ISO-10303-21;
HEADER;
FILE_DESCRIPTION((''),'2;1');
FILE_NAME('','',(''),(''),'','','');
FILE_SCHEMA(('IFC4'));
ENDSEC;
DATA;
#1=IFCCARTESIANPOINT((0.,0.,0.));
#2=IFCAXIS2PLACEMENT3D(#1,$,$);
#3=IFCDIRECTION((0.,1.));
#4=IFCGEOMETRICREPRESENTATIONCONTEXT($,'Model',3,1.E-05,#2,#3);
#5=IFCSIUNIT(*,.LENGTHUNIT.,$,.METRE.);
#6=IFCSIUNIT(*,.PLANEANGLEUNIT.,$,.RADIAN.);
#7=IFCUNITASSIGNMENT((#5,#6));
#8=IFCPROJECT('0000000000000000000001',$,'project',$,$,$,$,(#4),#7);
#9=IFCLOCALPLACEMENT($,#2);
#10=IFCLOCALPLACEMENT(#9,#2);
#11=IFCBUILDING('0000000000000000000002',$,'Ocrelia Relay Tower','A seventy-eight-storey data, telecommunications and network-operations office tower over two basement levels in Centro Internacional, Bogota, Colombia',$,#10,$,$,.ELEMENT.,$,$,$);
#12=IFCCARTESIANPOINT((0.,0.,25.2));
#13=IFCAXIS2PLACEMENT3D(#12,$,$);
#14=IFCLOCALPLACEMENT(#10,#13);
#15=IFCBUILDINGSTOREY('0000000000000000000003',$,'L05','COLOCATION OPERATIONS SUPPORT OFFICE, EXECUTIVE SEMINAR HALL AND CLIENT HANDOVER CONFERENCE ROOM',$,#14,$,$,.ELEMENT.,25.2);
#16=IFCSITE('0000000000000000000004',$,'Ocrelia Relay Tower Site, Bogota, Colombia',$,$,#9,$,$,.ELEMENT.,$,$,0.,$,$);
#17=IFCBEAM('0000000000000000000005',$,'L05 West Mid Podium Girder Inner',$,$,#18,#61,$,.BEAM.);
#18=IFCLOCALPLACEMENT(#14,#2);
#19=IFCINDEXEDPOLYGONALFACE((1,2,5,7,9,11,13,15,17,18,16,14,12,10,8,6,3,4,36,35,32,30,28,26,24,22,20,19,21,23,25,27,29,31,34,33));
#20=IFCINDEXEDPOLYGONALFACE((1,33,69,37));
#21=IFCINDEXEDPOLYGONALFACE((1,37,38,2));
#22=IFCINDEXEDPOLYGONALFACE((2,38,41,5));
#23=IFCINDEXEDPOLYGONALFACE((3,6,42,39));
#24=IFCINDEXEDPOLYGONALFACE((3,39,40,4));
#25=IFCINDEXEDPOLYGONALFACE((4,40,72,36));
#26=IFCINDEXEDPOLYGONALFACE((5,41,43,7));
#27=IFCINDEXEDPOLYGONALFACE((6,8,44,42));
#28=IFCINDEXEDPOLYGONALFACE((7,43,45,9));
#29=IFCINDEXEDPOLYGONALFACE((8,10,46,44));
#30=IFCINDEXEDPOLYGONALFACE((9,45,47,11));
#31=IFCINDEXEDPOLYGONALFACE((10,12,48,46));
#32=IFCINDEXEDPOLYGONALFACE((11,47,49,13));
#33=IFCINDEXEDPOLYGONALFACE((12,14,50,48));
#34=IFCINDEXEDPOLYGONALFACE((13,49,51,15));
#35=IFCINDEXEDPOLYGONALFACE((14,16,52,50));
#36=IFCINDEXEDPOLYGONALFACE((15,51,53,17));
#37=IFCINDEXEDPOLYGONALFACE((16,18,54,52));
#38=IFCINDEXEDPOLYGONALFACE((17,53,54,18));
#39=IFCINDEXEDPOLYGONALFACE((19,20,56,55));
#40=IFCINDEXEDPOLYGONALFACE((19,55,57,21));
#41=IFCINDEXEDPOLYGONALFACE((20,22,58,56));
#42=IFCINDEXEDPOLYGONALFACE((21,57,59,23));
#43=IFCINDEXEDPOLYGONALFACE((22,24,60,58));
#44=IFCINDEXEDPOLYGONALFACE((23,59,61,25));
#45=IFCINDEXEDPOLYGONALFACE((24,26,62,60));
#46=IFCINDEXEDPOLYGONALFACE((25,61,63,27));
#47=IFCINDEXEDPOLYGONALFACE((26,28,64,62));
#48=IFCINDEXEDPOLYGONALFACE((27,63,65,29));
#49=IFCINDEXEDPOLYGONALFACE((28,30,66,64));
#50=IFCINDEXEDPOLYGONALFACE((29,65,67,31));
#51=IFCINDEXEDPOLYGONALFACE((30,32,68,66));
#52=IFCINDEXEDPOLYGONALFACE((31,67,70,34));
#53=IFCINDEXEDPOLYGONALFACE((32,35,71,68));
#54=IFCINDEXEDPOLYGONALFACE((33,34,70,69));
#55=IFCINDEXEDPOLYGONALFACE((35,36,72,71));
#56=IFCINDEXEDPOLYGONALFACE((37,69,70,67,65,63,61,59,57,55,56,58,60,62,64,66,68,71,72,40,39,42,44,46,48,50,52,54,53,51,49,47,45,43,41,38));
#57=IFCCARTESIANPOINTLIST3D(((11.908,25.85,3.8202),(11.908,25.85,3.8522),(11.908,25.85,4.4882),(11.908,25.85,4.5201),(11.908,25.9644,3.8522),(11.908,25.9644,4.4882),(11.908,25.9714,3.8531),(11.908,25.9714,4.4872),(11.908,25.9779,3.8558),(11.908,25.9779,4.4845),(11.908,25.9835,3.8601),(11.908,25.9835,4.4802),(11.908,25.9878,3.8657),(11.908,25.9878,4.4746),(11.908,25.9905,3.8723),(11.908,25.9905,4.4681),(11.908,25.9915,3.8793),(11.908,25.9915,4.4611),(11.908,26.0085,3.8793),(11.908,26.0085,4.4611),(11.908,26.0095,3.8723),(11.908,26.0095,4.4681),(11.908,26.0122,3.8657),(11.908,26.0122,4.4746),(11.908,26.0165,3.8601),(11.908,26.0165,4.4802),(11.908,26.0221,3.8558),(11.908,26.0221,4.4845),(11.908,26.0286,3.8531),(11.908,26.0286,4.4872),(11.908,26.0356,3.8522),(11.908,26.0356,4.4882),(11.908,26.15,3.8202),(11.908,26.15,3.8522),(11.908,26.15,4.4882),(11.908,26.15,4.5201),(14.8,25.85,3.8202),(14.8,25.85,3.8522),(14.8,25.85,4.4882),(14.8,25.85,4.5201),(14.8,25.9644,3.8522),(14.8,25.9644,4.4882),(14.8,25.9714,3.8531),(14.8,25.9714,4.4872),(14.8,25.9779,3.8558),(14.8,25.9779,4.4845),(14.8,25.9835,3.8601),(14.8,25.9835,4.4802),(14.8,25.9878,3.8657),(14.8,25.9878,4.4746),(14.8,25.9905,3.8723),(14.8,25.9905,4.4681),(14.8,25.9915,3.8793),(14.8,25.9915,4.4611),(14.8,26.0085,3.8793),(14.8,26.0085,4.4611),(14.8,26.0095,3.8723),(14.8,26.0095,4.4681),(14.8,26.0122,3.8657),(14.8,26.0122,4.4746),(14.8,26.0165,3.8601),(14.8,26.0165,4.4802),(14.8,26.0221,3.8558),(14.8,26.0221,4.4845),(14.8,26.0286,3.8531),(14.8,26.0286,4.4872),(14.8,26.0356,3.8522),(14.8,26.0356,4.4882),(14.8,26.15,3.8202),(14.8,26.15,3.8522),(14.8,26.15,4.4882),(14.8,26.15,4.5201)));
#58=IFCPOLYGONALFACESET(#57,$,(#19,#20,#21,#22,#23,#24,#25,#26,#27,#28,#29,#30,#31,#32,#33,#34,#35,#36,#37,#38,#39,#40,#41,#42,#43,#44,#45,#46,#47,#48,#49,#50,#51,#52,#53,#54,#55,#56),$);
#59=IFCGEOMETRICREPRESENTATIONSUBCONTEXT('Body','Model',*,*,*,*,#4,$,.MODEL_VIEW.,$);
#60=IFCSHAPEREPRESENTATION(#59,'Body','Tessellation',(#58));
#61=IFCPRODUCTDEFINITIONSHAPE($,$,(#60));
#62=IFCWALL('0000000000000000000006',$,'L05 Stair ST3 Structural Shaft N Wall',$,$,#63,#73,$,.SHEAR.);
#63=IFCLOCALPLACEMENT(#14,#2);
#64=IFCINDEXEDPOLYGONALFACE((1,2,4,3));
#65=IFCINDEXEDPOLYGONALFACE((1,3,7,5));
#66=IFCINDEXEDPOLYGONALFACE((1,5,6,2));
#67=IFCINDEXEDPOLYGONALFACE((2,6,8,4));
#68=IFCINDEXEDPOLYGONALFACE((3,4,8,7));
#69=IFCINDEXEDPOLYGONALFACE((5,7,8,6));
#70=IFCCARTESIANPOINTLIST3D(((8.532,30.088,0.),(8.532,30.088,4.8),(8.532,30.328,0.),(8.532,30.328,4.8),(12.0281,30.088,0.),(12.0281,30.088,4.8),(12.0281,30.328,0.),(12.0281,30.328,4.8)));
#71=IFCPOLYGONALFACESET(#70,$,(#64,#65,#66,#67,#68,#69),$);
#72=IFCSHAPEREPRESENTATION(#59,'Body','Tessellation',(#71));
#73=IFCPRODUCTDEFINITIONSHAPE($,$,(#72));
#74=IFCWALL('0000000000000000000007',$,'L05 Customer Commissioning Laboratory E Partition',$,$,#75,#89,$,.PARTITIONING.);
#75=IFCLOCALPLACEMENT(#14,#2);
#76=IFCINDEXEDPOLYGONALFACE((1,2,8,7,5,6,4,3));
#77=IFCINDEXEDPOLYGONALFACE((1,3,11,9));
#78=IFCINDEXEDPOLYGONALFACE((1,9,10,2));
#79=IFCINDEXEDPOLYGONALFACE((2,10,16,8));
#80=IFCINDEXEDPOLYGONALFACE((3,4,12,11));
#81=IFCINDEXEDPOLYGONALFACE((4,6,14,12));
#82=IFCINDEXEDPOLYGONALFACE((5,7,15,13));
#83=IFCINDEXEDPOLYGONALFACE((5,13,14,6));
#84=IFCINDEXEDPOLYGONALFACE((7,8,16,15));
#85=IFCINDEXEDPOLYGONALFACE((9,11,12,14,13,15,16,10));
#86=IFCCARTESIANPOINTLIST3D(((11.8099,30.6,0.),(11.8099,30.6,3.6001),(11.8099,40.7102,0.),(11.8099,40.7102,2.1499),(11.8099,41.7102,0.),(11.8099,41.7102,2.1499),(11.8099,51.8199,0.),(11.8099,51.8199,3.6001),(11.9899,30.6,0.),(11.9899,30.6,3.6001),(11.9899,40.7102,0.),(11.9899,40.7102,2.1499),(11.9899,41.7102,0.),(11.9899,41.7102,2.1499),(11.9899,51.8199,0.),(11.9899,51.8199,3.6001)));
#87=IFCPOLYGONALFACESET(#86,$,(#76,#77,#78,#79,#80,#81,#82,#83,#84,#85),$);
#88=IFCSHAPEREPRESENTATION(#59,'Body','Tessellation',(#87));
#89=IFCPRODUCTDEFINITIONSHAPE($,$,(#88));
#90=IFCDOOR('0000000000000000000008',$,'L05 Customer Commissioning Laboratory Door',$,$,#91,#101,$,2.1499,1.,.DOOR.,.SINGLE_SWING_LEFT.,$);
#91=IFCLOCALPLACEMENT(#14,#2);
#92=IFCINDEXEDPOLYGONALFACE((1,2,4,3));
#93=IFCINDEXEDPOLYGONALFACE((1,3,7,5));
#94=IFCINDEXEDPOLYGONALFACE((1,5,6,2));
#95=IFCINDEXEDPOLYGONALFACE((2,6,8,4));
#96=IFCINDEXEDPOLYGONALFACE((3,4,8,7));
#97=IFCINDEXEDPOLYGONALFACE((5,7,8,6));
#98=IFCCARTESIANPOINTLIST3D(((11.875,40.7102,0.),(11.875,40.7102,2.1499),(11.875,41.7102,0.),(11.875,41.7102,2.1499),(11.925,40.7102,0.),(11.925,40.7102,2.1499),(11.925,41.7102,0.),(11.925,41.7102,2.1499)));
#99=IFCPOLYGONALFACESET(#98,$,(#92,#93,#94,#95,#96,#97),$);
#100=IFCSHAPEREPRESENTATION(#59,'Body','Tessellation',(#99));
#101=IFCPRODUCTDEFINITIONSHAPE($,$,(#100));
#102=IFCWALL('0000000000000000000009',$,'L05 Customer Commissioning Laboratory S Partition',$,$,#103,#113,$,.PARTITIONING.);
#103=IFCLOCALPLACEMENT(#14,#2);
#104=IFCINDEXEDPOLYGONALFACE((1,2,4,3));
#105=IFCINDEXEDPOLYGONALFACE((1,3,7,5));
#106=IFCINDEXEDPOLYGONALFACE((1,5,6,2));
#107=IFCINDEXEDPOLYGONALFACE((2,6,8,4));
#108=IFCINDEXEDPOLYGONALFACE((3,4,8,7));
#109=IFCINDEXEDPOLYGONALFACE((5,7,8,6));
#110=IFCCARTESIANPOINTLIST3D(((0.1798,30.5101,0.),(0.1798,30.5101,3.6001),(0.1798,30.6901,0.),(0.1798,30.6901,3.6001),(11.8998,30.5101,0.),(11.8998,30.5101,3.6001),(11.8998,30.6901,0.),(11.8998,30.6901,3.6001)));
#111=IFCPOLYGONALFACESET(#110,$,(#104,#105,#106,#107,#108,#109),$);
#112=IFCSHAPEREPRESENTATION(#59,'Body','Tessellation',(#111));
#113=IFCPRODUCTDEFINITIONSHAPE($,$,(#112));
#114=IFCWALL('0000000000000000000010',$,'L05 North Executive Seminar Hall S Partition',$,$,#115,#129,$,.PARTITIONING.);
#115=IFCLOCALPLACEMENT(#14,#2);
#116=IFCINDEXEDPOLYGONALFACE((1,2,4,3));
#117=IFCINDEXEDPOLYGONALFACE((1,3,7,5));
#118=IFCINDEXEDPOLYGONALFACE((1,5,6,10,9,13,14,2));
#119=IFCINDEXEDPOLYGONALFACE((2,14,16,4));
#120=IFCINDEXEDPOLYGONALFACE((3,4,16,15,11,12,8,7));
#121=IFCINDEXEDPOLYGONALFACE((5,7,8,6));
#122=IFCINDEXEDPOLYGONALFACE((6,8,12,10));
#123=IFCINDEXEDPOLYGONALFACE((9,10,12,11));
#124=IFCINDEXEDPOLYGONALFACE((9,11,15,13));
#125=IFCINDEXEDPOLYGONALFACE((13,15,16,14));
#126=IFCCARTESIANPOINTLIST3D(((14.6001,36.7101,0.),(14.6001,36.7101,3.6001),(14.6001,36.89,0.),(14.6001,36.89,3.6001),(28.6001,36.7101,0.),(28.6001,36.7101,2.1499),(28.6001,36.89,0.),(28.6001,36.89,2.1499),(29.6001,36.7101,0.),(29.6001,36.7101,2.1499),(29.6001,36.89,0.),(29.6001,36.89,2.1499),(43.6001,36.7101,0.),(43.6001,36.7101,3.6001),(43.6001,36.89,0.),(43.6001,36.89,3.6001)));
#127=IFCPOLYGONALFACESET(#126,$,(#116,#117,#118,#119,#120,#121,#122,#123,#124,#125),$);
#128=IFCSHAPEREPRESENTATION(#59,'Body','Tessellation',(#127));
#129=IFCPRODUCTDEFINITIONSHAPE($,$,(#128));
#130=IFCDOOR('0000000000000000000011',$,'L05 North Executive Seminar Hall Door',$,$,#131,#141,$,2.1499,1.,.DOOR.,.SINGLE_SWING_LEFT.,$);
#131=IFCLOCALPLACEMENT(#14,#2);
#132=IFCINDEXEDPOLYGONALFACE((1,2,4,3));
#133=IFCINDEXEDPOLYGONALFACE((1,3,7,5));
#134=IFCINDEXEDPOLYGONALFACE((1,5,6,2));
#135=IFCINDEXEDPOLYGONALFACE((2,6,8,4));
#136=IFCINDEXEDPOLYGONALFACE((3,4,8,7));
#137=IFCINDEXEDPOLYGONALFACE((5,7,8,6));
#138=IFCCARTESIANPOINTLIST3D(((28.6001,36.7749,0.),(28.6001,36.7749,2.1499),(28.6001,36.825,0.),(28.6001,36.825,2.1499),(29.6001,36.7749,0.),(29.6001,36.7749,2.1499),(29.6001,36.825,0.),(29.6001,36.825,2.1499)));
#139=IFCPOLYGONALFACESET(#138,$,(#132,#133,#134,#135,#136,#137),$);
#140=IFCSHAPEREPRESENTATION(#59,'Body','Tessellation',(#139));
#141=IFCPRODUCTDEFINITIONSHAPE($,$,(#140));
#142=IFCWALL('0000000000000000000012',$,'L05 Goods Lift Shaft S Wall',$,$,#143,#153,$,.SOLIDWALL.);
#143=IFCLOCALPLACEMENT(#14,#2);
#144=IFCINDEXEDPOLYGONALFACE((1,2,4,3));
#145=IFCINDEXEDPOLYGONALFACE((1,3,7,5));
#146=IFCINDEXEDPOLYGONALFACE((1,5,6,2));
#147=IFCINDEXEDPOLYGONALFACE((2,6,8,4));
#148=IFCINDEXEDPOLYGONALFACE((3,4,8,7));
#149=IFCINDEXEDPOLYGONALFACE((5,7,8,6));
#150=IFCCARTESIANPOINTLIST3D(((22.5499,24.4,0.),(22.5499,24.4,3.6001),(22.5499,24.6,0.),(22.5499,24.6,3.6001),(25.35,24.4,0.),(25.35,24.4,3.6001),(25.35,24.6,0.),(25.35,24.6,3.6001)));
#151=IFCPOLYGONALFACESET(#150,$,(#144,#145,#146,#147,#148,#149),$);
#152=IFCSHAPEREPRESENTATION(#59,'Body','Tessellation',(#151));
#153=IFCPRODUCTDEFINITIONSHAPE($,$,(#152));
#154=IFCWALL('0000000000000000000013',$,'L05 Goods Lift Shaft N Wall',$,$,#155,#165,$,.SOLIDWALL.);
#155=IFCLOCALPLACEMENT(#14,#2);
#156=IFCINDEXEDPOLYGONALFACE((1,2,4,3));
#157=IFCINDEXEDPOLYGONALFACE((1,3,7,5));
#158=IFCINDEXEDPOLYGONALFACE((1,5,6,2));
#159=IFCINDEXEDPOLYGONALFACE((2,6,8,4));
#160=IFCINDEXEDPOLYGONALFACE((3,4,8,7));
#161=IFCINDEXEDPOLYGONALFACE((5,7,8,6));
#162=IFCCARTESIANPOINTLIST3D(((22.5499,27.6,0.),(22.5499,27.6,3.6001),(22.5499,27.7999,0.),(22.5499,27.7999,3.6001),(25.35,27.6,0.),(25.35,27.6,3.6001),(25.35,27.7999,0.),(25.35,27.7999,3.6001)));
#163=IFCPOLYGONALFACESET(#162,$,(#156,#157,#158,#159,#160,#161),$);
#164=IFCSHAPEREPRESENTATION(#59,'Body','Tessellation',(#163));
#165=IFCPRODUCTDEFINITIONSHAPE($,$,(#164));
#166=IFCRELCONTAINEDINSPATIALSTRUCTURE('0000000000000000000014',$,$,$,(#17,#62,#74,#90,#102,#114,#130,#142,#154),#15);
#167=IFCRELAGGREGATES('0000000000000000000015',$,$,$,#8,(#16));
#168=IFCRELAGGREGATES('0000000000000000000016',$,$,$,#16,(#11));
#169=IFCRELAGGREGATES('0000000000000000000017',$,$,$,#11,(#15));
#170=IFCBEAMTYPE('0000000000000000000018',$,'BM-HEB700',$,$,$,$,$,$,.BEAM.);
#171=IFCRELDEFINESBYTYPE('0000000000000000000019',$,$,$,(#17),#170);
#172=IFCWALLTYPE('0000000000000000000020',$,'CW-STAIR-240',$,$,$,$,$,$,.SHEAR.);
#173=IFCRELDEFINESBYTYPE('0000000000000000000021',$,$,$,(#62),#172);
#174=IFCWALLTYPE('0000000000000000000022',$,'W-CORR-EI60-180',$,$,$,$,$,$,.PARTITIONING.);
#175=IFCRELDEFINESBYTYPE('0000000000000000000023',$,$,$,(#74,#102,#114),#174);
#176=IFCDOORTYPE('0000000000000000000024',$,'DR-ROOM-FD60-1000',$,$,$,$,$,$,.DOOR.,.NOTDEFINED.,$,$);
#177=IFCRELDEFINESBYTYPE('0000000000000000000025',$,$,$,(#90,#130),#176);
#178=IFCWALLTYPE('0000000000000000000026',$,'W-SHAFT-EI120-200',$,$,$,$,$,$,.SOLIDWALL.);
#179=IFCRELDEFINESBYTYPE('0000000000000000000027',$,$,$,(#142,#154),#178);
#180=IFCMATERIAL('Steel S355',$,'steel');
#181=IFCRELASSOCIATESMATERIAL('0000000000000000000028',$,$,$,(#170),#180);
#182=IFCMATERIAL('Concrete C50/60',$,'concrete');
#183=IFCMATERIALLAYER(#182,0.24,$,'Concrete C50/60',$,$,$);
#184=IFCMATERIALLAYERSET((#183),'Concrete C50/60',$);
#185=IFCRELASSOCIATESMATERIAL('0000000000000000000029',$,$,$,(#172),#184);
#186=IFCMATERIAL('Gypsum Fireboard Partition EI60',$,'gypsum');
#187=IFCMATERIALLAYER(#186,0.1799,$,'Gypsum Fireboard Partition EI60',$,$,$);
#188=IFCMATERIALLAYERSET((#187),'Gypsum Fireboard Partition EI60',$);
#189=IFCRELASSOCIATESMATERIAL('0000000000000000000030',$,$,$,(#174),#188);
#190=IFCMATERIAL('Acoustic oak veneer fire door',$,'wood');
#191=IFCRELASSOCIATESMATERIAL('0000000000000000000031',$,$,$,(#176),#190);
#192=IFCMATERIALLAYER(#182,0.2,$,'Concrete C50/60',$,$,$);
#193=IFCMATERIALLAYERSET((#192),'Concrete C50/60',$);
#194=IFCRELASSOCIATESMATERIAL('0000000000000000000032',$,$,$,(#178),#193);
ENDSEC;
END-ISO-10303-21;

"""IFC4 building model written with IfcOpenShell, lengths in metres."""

from ifc_helpers import new_model, si_unit, direction, frame, frame_2d, origin, origin_2d, place, context, subcontext, project, spatial, rectangle, i_section, extrude, material, layer, layer_set, material_profile, profile_set, type_object, element, fill, save


model = new_model("IFC4")

# Units and contexts
model_context = context("Model", 3, precision=1e-05, world=origin(), true_north=direction((0.0, 1.0)))
body_context = subcontext(model_context, "Body", "Model", "MODEL_VIEW")
ifc_project = project(units=[si_unit("LENGTHUNIT", "METRE"), si_unit("PLANEANGLEUNIT", "RADIAN")], contexts=[model_context])

# Site, building, storey
site_placement = place(None, origin())
site = spatial("IfcSite", under=ifc_project, at=site_placement, Name="Ocrelia Relay Tower Site, Bogota, Colombia", CompositionType="ELEMENT", RefElevation=0.0)
building_placement = place(site_placement, origin())
building = spatial("IfcBuilding", under=site, at=building_placement, Name="Ocrelia Relay Tower", Description="A seventy-eight-storey data, telecommunications and network-operations office tower over two basement levels in Centro Internacional, Bogota, Colombia", CompositionType="ELEMENT")
storey_placement = place(building_placement, frame((0.0, 0.0, 25.2)))
storey = spatial("IfcBuildingStorey", under=building, at=storey_placement, Name="L05", Description="COLOCATION OPERATIONS SUPPORT OFFICE, EXECUTIVE SEMINAR HALL AND CLIENT HANDOVER CONFERENCE ROOM", CompositionType="ELEMENT", Elevation=25.2)

# Beam
ifc_material_1 = material(Name="Steel S355", Category="steel")
ifc_material_profile_1 = material_profile(ifc_material_1, i_section(OverallWidth=0.3, OverallDepth=0.7, WebThickness=0.0171, FlangeThickness=0.032, FilletRadius=0.0271, at=origin_2d()), Name="HEB 700")
ifc_profile_set_1 = profile_set([ifc_material_profile_1], Name="Steel S355")
beam_type_1 = type_object("IfcBeamType", Name="BM-HEB700", PredefinedType="BEAM", material=ifc_profile_set_1)
beam_1_placement = place(storey_placement, frame((11.908, 26.0, 4.1702), z_axis=(1.0, 0.0, 0.0), x_axis=(0.0, 1.0, 0.0)))
element("IfcBeam", 1, at=beam_1_placement, inside=storey, type_object=beam_type_1, Name="L05 West Mid Podium Girder Inner", PredefinedType="BEAM", context=body_context, shape_type="SweptSolid", body=[
    extrude(i_section(OverallWidth=0.3, OverallDepth=0.7, WebThickness=0.0171, FlangeThickness=0.032, FilletRadius=0.0271, at=origin_2d()), origin(), (0.0, 0.0, 1.0), 2.8921),
])

# Wall
ifc_material_2 = material(Name="Concrete C50/60", Category="concrete")
ifc_layer_1 = layer(ifc_material_2, 0.24, Name="Concrete C50/60")
ifc_layer_set_1 = layer_set([ifc_layer_1], Name="Concrete C50/60")
wall_type_1 = type_object("IfcWallType", Name="CW-STAIR-240", PredefinedType="SHEAR", material=ifc_layer_set_1)
wall_1_placement = place(storey_placement, frame((8.532, 30.208, 0.0), z_axis=(0.0, 0.0, 1.0), x_axis=(1.0, 0.0, 0.0)))
element("IfcWall", 2, at=wall_1_placement, inside=storey, type_object=wall_type_1, Name="L05 Stair ST3 Structural Shaft N Wall", PredefinedType="SHEAR", context=body_context, shape_type="SweptSolid", body=[
    extrude(rectangle(XDim=3.4961, YDim=0.24, at=frame_2d((1.748, 0.0))), origin(), (0.0, 0.0, 1.0), 4.8),
])

# Wall, opening, door
ifc_material_3 = material(Name="Gypsum Fireboard Partition EI60", Category="gypsum")
ifc_layer_2 = layer(ifc_material_3, 0.1799, Name="Gypsum Fireboard Partition EI60")
ifc_layer_set_2 = layer_set([ifc_layer_2], Name="Gypsum Fireboard Partition EI60")
wall_type_2 = type_object("IfcWallType", Name="W-CORR-EI60-180", PredefinedType="PARTITIONING", material=ifc_layer_set_2)
wall_2_placement = place(storey_placement, frame((11.8999, 30.6001, 0.0), z_axis=(0.0, 0.0, 1.0), x_axis=(0.0, 1.0, 0.0)))
wall_2 = element("IfcWall", 3, at=wall_2_placement, inside=storey, type_object=wall_type_2, Name="L05 Customer Commissioning Laboratory E Partition", PredefinedType="PARTITIONING", context=body_context, shape_type="SweptSolid", body=[
    extrude(rectangle(XDim=21.22, YDim=0.1799, at=frame_2d((10.6099, 0.0))), origin(), (0.0, 0.0, 1.0), 3.6001),
])
opening_1_placement = place(wall_2_placement, frame((10.1101, 0.0, 0.0)))
opening_1 = element("IfcOpeningElement", 4, at=opening_1_placement, cuts=wall_2, PredefinedType="OPENING", context=body_context, shape_type="SweptSolid", body=[
    extrude(rectangle(XDim=1.0, YDim=2.1499, at=frame_2d((0.5, 1.075))), frame((0.0, 0.1001, 0.0), z_axis=(0.0, -1.0, 0.0), x_axis=(1.0, 0.0, 0.0)), (0.0, 0.0, 1.0), 0.2),
])
ifc_material_4 = material(Name="Acoustic oak veneer fire door", Category="wood")
door_type_1 = type_object("IfcDoorType", Name="DR-ROOM-FD60-1000", OperationType="NOTDEFINED", PredefinedType="DOOR", material=ifc_material_4)
door_1_placement = place(opening_1_placement, origin())
door_1 = element("IfcDoor", 5, at=door_1_placement, inside=storey, type_object=door_type_1, Name="L05 Customer Commissioning Laboratory Door", OperationType="SINGLE_SWING_LEFT", OverallHeight=2.1499, OverallWidth=1.0, PredefinedType="DOOR", context=body_context, shape_type="SweptSolid", body=[
    extrude(rectangle(XDim=1.0, YDim=2.1499, at=frame_2d((0.5, 1.075))), frame((0.0, 0.0249, 0.0), z_axis=(0.0, -1.0, 0.0), x_axis=(1.0, 0.0, 0.0)), (0.0, 0.0, 1.0), 0.05),
])
fill(opening_1, door_1)

# Wall
wall_3_placement = place(storey_placement, frame((0.1799, 30.6001, 0.0), z_axis=(0.0, 0.0, 1.0), x_axis=(1.0, 0.0, 0.0)))
element("IfcWall", 6, at=wall_3_placement, inside=storey, type_object=wall_type_2, Name="L05 Customer Commissioning Laboratory S Partition", PredefinedType="PARTITIONING", context=body_context, shape_type="SweptSolid", body=[
    extrude(rectangle(XDim=11.72, YDim=0.1799, at=frame_2d((5.8599, 0.0))), origin(), (0.0, 0.0, 1.0), 3.6001),
])

# Wall, opening, door
wall_4_placement = place(storey_placement, frame((14.6001, 36.8, 0.0), z_axis=(0.0, 0.0, 1.0), x_axis=(1.0, 0.0, 0.0)))
wall_4 = element("IfcWall", 7, at=wall_4_placement, inside=storey, type_object=wall_type_2, Name="L05 North Executive Seminar Hall S Partition", PredefinedType="PARTITIONING", context=body_context, shape_type="SweptSolid", body=[
    extrude(rectangle(XDim=29.0, YDim=0.1799, at=frame_2d((14.5, 0.0))), origin(), (0.0, 0.0, 1.0), 3.6001),
])
opening_2_placement = place(wall_4_placement, frame((14.0, 0.0, 0.0)))
opening_2 = element("IfcOpeningElement", 8, at=opening_2_placement, cuts=wall_4, PredefinedType="OPENING", context=body_context, shape_type="SweptSolid", body=[
    extrude(rectangle(XDim=1.0, YDim=2.1499, at=frame_2d((0.5, 1.075))), frame((0.0, 0.1001, 0.0), z_axis=(0.0, -1.0, 0.0), x_axis=(1.0, 0.0, 0.0)), (0.0, 0.0, 1.0), 0.2),
])
door_2_placement = place(opening_2_placement, origin())
door_2 = element("IfcDoor", 9, at=door_2_placement, inside=storey, type_object=door_type_1, Name="L05 North Executive Seminar Hall Door", OperationType="SINGLE_SWING_LEFT", OverallHeight=2.1499, OverallWidth=1.0, PredefinedType="DOOR", context=body_context, shape_type="SweptSolid", body=[
    extrude(rectangle(XDim=1.0, YDim=2.1499, at=frame_2d((0.5, 1.075))), frame((0.0, 0.0249, 0.0), z_axis=(0.0, -1.0, 0.0), x_axis=(1.0, 0.0, 0.0)), (0.0, 0.0, 1.0), 0.05),
])
fill(opening_2, door_2)
ifc_layer_3 = layer(ifc_material_2, 0.2, Name="Concrete C50/60")
ifc_layer_set_3 = layer_set([ifc_layer_3], Name="Concrete C50/60")
wall_type_3 = type_object("IfcWallType", Name="W-SHAFT-EI120-200", PredefinedType="SOLIDWALL", material=ifc_layer_set_3)

# Walls
for number, where, z_axis, x_axis, name in (
    (10, (22.55, 24.5, 0.0), (0.0, 0.0, 1.0), (1.0, 0.0, 0.0), "L05 Goods Lift Shaft S Wall"),
    (11, (22.55, 27.7, 0.0), (0.0, 0.0, 1.0), (1.0, 0.0, 0.0), "L05 Goods Lift Shaft N Wall"),
):
    element("IfcWall", number, at=place(storey_placement, frame(where, z_axis=z_axis, x_axis=x_axis)), inside=storey, type_object=wall_type_3, Name=name, PredefinedType="SOLIDWALL", context=body_context, shape_type="SweptSolid", body=[
        extrude(rectangle(XDim=2.8, YDim=0.2, at=frame_2d((1.3999, 0.0))), origin(), (0.0, 0.0, 1.0), 3.6001),
    ])

save(model, "model.ifc")
